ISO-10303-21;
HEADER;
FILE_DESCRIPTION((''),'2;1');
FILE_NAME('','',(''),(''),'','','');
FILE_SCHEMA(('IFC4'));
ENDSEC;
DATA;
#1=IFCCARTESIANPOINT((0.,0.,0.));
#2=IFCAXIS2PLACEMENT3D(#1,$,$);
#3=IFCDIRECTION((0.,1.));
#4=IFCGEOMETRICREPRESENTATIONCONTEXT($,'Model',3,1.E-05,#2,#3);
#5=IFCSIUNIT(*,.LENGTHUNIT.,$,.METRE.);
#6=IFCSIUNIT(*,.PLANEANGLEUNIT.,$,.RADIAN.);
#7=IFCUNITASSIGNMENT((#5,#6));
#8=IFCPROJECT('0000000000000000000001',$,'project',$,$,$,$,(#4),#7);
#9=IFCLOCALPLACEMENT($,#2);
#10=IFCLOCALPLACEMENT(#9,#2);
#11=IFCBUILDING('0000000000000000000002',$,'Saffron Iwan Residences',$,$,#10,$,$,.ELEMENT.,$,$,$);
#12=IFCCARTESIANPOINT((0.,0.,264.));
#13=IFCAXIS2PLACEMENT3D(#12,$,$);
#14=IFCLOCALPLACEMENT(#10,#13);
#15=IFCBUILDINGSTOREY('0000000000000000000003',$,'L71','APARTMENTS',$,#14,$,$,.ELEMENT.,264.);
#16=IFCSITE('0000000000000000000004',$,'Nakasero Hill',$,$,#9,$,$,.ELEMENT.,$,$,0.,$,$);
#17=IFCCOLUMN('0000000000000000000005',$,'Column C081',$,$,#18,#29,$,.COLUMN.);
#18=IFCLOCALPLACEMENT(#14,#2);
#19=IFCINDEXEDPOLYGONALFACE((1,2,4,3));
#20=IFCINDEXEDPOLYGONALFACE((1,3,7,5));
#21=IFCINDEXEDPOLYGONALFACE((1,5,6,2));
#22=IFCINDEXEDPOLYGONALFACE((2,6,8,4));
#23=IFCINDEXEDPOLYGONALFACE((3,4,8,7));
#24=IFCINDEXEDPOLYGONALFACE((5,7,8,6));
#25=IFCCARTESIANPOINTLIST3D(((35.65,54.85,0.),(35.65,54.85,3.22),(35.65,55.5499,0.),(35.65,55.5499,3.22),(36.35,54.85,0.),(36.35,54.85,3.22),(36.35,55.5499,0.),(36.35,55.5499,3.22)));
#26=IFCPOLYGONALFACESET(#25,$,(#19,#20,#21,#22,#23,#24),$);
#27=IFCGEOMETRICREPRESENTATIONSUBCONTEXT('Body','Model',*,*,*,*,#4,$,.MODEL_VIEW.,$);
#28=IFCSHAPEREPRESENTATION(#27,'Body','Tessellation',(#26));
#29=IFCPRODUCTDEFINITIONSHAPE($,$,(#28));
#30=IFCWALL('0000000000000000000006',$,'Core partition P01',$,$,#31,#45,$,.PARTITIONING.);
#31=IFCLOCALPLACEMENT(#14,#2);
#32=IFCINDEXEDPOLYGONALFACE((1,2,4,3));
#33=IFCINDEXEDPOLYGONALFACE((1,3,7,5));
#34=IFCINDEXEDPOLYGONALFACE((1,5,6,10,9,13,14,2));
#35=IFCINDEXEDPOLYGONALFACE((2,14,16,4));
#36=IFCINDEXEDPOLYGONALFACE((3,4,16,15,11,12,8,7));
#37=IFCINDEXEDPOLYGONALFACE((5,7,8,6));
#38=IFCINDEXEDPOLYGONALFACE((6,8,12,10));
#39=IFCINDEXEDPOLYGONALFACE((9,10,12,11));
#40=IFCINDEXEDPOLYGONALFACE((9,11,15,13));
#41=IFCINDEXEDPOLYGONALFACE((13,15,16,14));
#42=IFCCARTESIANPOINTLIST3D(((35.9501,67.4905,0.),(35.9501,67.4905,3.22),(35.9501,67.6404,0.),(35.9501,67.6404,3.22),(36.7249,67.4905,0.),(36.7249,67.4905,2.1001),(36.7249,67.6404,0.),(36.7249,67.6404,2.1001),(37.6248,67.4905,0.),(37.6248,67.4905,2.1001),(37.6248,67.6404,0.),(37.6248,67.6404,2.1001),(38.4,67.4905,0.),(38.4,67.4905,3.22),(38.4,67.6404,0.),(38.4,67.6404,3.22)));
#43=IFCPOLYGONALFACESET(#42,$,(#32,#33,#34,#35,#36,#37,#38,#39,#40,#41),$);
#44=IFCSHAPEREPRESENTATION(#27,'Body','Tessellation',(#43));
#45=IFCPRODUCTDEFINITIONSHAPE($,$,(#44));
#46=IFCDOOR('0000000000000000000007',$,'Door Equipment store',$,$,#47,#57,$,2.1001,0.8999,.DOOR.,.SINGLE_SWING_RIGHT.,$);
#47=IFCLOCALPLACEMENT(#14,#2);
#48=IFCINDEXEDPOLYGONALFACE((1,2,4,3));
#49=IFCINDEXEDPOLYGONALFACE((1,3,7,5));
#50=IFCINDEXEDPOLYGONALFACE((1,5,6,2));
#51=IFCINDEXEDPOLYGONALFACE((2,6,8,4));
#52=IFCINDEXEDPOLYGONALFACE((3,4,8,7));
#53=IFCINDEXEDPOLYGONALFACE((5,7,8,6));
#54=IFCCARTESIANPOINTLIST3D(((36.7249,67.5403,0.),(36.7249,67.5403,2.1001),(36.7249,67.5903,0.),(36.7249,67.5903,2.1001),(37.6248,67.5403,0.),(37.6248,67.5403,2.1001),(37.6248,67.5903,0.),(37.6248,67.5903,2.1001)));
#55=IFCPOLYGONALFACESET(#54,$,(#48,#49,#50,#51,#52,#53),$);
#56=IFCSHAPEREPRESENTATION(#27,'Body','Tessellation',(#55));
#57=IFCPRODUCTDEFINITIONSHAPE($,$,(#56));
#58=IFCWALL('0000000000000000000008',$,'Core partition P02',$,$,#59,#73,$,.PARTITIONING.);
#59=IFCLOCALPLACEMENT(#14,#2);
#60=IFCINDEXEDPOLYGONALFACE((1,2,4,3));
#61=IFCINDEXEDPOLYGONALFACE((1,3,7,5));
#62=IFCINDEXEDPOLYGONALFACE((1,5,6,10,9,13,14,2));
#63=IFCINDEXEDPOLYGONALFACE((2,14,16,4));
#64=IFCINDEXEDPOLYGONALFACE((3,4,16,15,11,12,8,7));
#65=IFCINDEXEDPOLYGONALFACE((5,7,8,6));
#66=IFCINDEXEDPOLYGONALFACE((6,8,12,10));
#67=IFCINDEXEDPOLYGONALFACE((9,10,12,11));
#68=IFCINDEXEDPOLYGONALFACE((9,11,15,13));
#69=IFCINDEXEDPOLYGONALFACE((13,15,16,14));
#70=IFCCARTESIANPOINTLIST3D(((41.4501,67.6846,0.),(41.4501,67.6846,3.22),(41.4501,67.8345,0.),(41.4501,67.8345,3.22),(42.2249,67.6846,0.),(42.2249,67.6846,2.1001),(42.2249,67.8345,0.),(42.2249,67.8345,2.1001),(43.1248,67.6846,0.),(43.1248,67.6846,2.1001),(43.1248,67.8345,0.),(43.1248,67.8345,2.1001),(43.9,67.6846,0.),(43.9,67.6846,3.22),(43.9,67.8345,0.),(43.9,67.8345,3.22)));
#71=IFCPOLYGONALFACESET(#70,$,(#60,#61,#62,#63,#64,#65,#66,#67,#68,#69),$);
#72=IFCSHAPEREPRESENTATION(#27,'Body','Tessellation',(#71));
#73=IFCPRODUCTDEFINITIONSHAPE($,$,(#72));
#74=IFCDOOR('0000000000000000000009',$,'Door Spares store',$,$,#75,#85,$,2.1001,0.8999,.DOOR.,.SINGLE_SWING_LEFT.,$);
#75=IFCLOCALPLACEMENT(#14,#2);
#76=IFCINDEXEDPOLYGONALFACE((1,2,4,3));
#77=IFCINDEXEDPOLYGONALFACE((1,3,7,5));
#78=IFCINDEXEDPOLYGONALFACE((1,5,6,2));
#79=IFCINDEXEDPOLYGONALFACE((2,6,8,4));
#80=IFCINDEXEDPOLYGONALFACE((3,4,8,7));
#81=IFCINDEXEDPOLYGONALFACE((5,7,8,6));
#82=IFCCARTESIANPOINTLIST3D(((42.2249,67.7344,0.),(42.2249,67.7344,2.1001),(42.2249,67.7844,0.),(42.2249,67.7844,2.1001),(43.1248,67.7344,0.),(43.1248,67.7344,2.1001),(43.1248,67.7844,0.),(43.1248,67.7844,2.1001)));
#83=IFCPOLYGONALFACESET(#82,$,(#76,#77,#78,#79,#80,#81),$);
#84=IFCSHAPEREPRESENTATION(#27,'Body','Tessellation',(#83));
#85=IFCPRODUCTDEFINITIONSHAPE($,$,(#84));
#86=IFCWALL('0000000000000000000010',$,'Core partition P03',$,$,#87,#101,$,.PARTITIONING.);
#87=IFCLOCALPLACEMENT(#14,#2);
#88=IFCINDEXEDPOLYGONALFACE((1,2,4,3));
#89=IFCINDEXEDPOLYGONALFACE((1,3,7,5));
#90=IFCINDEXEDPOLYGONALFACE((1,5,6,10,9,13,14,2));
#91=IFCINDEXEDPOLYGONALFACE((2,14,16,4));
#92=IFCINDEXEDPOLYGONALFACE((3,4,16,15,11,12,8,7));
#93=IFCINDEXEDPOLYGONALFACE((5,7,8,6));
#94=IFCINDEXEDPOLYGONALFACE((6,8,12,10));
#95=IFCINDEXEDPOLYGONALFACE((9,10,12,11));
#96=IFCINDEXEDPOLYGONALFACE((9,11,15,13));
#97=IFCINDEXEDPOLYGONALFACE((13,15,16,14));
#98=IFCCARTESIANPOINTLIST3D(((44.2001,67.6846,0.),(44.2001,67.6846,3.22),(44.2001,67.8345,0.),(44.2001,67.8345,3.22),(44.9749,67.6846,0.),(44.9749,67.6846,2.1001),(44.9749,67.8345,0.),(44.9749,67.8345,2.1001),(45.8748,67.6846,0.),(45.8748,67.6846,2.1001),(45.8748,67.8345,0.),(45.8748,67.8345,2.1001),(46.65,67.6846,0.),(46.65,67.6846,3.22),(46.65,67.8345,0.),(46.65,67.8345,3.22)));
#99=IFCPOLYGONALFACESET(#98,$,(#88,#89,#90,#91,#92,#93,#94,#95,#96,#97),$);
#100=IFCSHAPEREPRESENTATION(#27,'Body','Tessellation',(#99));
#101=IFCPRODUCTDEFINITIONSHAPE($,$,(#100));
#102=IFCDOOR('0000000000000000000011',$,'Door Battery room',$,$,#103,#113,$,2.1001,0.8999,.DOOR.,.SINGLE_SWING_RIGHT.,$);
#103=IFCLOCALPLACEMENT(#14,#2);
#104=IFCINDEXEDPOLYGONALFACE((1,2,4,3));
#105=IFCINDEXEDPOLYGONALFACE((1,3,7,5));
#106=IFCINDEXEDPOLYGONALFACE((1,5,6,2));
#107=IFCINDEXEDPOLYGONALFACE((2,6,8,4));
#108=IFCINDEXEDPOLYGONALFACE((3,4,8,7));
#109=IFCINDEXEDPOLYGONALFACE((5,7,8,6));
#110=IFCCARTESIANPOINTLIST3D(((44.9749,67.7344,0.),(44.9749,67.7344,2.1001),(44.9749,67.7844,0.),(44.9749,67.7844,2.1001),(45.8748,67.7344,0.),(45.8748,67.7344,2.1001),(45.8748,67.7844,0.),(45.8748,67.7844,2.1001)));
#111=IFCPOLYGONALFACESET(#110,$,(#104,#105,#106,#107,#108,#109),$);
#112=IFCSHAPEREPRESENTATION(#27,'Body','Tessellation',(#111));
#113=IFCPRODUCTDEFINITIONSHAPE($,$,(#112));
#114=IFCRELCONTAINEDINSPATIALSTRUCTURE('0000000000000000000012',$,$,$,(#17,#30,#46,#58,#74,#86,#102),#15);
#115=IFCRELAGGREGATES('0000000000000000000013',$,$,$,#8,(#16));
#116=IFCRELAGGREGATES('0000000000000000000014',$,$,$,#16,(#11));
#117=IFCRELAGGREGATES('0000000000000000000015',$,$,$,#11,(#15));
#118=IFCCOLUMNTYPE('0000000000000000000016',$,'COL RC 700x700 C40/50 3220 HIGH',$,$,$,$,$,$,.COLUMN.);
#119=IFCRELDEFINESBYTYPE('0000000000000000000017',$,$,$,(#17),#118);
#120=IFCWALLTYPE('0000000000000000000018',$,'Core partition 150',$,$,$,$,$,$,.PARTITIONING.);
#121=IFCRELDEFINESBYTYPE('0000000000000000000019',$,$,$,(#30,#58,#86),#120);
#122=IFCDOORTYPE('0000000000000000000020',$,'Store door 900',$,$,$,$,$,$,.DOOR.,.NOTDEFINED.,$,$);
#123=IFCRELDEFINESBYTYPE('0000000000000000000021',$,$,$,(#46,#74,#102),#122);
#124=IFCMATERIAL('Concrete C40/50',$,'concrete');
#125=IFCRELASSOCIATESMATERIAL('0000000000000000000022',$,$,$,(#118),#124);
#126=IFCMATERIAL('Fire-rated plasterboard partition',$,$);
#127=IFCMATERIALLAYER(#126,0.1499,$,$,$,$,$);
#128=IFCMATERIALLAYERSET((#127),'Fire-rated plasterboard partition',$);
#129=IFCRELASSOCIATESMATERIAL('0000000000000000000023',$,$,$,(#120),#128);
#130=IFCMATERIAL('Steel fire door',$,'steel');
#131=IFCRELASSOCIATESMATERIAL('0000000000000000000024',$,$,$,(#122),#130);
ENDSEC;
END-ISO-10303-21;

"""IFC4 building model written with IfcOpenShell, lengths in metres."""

from ifc_helpers import new_model, si_unit, direction, frame, frame_2d, origin, origin_2d, place, context, subcontext, project, spatial, rectangle, extrude, source, transform, mapped, material, layer, layer_set, material_profile, profile_set, type_object, element, fill, save


model = new_model("IFC4")

# Units and contexts
model_context = context("Model", 3, precision=1e-05, world=origin(), true_north=direction((0.0, 1.0)))
body_context = subcontext(model_context, "Body", "Model", "MODEL_VIEW")
ifc_project = project(units=[si_unit("LENGTHUNIT", "METRE"), si_unit("PLANEANGLEUNIT", "RADIAN")], contexts=[model_context])

# Site, building, storey
site_placement = place(None, origin())
site = spatial("IfcSite", under=ifc_project, at=site_placement, Name="Nakasero Hill", CompositionType="ELEMENT", RefElevation=0.0)
building_placement = place(site_placement, origin())
building = spatial("IfcBuilding", under=site, at=building_placement, Name="Saffron Iwan Residences", CompositionType="ELEMENT")
storey_placement = place(building_placement, frame((0.0, 0.0, 264.0)))
storey = spatial("IfcBuildingStorey", under=building, at=storey_placement, Name="L71", Description="APARTMENTS", CompositionType="ELEMENT", Elevation=264.0)

# Column
ifc_material_1 = material(Name="Concrete C40/50", Category="concrete")
ifc_material_profile = material_profile(ifc_material_1, rectangle(XDim=0.7, YDim=0.7, at=origin_2d()), Name="RC 700x700")
ifc_profile_set = profile_set([ifc_material_profile], Name="Concrete C40/50")
column_type = type_object("IfcColumnType", Name="COL RC 700x700 C40/50 3220 HIGH", PredefinedType="COLUMN", material=ifc_profile_set)
shared_shape = source(origin(), body_context, "Body", "SweptSolid", [
    extrude(rectangle(XDim=0.7, YDim=0.7, at=origin_2d()), origin(), (0.0, 0.0, 1.0), 3.22),
])
column_placement = place(storey_placement, frame((36.0, 55.2, 0.0), z_axis=(0.0, 0.0, 1.0), x_axis=(1.0, 0.0, 0.0)))
element("IfcColumn", 1, at=column_placement, inside=storey, type_object=column_type, Name="Column C081", PredefinedType="COLUMN", context=body_context, shape_type="MappedRepresentation", body=[
    mapped(shared_shape, transform((0.0, 0.0, 0.0))),
])

# Walls, openings, doors
ifc_material_2 = material(Name="Fire-rated plasterboard partition")
ifc_layer_1 = layer(ifc_material_2, 0.1499)
ifc_layer_set_1 = layer_set([ifc_layer_1], Name="Fire-rated plasterboard partition")
wall_type_1 = type_object("IfcWallType", Name="Core partition 150", PredefinedType="PARTITIONING", material=ifc_layer_set_1)
wall_1_placement = place(storey_placement, frame((35.95, 67.5654, 0.0), z_axis=(0.0, 0.0, 1.0), x_axis=(1.0, 0.0, 0.0)))
wall_1 = element("IfcWall", 2, at=wall_1_placement, inside=storey, type_object=wall_type_1, Name="Core partition P01", PredefinedType="PARTITIONING", context=body_context, shape_type="SweptSolid", body=[
    extrude(rectangle(XDim=2.45, YDim=0.1499, at=frame_2d((1.2251, 0.0))), origin(), (0.0, 0.0, 1.0), 3.22),
])
opening_1_placement = place(wall_1_placement, frame((0.7749, 0.0, 0.0)))
opening_1 = element("IfcOpeningElement", 3, at=opening_1_placement, cuts=wall_1, PredefinedType="OPENING", context=body_context, shape_type="SweptSolid", body=[
    extrude(rectangle(XDim=0.8999, YDim=2.1001, at=frame_2d((0.45, 1.05))), frame((0.0, 0.085, 0.0), z_axis=(0.0, -1.0, 0.0), x_axis=(1.0, 0.0, 0.0)), (0.0, 0.0, 1.0), 0.1699),
])
ifc_material_3 = material(Name="Steel fire door", Category="steel")
door_type_1 = type_object("IfcDoorType", Name="Store door 900", OperationType="NOTDEFINED", PredefinedType="DOOR", material=ifc_material_3)
door_1_placement = place(opening_1_placement, origin())
door_1 = element("IfcDoor", 4, at=door_1_placement, inside=storey, type_object=door_type_1, Name="Door Equipment store", OperationType="SINGLE_SWING_RIGHT", OverallHeight=2.1001, OverallWidth=0.8999, PredefinedType="DOOR", context=body_context, shape_type="SweptSolid", body=[
    extrude(rectangle(XDim=0.8999, YDim=2.1001, at=frame_2d((0.45, 1.05))), frame((0.0, 0.0249, 0.0), z_axis=(0.0, -1.0, 0.0), x_axis=(1.0, 0.0, 0.0)), (0.0, 0.0, 1.0), 0.05),
])
fill(opening_1, door_1)
wall_2_placement = place(storey_placement, frame((41.45, 67.7595, 0.0), z_axis=(0.0, 0.0, 1.0), x_axis=(1.0, 0.0, 0.0)))
wall_2 = element("IfcWall", 5, at=wall_2_placement, inside=storey, type_object=wall_type_1, Name="Core partition P02", PredefinedType="PARTITIONING", context=body_context, shape_type="SweptSolid", body=[
    extrude(rectangle(XDim=2.45, YDim=0.1499, at=frame_2d((1.2251, 0.0))), origin(), (0.0, 0.0, 1.0), 3.22),
])
opening_2_placement = place(wall_2_placement, frame((0.7749, 0.0, 0.0)))
opening_2 = element("IfcOpeningElement", 6, at=opening_2_placement, cuts=wall_2, PredefinedType="OPENING", context=body_context, shape_type="SweptSolid", body=[
    extrude(rectangle(XDim=0.8999, YDim=2.1001, at=frame_2d((0.45, 1.05))), frame((0.0, 0.085, 0.0), z_axis=(0.0, -1.0, 0.0), x_axis=(1.0, 0.0, 0.0)), (0.0, 0.0, 1.0), 0.1699),
])
door_2_placement = place(opening_2_placement, origin())
door_2 = element("IfcDoor", 7, at=door_2_placement, inside=storey, type_object=door_type_1, Name="Door Spares store", OperationType="SINGLE_SWING_LEFT", OverallHeight=2.1001, OverallWidth=0.8999, PredefinedType="DOOR", context=body_context, shape_type="SweptSolid", body=[
    extrude(rectangle(XDim=0.8999, YDim=2.1001, at=frame_2d((0.45, 1.05))), frame((0.0, 0.0249, 0.0), z_axis=(0.0, -1.0, 0.0), x_axis=(1.0, 0.0, 0.0)), (0.0, 0.0, 1.0), 0.05),
])
fill(opening_2, door_2)
wall_3_placement = place(storey_placement, frame((44.2, 67.7595, 0.0), z_axis=(0.0, 0.0, 1.0), x_axis=(1.0, 0.0, 0.0)))
wall_3 = element("IfcWall", 8, at=wall_3_placement, inside=storey, type_object=wall_type_1, Name="Core partition P03", PredefinedType="PARTITIONING", context=body_context, shape_type="SweptSolid", body=[
    extrude(rectangle(XDim=2.45, YDim=0.1499, at=frame_2d((1.2251, 0.0))), origin(), (0.0, 0.0, 1.0), 3.22),
])
opening_3_placement = place(wall_3_placement, frame((0.7749, 0.0, 0.0)))
opening_3 = element("IfcOpeningElement", 9, at=opening_3_placement, cuts=wall_3, PredefinedType="OPENING", context=body_context, shape_type="SweptSolid", body=[
    extrude(rectangle(XDim=0.8999, YDim=2.1001, at=frame_2d((0.45, 1.05))), frame((0.0, 0.085, 0.0), z_axis=(0.0, -1.0, 0.0), x_axis=(1.0, 0.0, 0.0)), (0.0, 0.0, 1.0), 0.1699),
])
door_3_placement = place(opening_3_placement, origin())
door_3 = element("IfcDoor", 10, at=door_3_placement, inside=storey, type_object=door_type_1, Name="Door Battery room", OperationType="SINGLE_SWING_RIGHT", OverallHeight=2.1001, OverallWidth=0.8999, PredefinedType="DOOR", context=body_context, shape_type="SweptSolid", body=[
    extrude(rectangle(XDim=0.8999, YDim=2.1001, at=frame_2d((0.45, 1.05))), frame((0.0, 0.0249, 0.0), z_axis=(0.0, -1.0, 0.0), x_axis=(1.0, 0.0, 0.0)), (0.0, 0.0, 1.0), 0.05),
])
fill(opening_3, door_3)

save(model, "model.ifc")
